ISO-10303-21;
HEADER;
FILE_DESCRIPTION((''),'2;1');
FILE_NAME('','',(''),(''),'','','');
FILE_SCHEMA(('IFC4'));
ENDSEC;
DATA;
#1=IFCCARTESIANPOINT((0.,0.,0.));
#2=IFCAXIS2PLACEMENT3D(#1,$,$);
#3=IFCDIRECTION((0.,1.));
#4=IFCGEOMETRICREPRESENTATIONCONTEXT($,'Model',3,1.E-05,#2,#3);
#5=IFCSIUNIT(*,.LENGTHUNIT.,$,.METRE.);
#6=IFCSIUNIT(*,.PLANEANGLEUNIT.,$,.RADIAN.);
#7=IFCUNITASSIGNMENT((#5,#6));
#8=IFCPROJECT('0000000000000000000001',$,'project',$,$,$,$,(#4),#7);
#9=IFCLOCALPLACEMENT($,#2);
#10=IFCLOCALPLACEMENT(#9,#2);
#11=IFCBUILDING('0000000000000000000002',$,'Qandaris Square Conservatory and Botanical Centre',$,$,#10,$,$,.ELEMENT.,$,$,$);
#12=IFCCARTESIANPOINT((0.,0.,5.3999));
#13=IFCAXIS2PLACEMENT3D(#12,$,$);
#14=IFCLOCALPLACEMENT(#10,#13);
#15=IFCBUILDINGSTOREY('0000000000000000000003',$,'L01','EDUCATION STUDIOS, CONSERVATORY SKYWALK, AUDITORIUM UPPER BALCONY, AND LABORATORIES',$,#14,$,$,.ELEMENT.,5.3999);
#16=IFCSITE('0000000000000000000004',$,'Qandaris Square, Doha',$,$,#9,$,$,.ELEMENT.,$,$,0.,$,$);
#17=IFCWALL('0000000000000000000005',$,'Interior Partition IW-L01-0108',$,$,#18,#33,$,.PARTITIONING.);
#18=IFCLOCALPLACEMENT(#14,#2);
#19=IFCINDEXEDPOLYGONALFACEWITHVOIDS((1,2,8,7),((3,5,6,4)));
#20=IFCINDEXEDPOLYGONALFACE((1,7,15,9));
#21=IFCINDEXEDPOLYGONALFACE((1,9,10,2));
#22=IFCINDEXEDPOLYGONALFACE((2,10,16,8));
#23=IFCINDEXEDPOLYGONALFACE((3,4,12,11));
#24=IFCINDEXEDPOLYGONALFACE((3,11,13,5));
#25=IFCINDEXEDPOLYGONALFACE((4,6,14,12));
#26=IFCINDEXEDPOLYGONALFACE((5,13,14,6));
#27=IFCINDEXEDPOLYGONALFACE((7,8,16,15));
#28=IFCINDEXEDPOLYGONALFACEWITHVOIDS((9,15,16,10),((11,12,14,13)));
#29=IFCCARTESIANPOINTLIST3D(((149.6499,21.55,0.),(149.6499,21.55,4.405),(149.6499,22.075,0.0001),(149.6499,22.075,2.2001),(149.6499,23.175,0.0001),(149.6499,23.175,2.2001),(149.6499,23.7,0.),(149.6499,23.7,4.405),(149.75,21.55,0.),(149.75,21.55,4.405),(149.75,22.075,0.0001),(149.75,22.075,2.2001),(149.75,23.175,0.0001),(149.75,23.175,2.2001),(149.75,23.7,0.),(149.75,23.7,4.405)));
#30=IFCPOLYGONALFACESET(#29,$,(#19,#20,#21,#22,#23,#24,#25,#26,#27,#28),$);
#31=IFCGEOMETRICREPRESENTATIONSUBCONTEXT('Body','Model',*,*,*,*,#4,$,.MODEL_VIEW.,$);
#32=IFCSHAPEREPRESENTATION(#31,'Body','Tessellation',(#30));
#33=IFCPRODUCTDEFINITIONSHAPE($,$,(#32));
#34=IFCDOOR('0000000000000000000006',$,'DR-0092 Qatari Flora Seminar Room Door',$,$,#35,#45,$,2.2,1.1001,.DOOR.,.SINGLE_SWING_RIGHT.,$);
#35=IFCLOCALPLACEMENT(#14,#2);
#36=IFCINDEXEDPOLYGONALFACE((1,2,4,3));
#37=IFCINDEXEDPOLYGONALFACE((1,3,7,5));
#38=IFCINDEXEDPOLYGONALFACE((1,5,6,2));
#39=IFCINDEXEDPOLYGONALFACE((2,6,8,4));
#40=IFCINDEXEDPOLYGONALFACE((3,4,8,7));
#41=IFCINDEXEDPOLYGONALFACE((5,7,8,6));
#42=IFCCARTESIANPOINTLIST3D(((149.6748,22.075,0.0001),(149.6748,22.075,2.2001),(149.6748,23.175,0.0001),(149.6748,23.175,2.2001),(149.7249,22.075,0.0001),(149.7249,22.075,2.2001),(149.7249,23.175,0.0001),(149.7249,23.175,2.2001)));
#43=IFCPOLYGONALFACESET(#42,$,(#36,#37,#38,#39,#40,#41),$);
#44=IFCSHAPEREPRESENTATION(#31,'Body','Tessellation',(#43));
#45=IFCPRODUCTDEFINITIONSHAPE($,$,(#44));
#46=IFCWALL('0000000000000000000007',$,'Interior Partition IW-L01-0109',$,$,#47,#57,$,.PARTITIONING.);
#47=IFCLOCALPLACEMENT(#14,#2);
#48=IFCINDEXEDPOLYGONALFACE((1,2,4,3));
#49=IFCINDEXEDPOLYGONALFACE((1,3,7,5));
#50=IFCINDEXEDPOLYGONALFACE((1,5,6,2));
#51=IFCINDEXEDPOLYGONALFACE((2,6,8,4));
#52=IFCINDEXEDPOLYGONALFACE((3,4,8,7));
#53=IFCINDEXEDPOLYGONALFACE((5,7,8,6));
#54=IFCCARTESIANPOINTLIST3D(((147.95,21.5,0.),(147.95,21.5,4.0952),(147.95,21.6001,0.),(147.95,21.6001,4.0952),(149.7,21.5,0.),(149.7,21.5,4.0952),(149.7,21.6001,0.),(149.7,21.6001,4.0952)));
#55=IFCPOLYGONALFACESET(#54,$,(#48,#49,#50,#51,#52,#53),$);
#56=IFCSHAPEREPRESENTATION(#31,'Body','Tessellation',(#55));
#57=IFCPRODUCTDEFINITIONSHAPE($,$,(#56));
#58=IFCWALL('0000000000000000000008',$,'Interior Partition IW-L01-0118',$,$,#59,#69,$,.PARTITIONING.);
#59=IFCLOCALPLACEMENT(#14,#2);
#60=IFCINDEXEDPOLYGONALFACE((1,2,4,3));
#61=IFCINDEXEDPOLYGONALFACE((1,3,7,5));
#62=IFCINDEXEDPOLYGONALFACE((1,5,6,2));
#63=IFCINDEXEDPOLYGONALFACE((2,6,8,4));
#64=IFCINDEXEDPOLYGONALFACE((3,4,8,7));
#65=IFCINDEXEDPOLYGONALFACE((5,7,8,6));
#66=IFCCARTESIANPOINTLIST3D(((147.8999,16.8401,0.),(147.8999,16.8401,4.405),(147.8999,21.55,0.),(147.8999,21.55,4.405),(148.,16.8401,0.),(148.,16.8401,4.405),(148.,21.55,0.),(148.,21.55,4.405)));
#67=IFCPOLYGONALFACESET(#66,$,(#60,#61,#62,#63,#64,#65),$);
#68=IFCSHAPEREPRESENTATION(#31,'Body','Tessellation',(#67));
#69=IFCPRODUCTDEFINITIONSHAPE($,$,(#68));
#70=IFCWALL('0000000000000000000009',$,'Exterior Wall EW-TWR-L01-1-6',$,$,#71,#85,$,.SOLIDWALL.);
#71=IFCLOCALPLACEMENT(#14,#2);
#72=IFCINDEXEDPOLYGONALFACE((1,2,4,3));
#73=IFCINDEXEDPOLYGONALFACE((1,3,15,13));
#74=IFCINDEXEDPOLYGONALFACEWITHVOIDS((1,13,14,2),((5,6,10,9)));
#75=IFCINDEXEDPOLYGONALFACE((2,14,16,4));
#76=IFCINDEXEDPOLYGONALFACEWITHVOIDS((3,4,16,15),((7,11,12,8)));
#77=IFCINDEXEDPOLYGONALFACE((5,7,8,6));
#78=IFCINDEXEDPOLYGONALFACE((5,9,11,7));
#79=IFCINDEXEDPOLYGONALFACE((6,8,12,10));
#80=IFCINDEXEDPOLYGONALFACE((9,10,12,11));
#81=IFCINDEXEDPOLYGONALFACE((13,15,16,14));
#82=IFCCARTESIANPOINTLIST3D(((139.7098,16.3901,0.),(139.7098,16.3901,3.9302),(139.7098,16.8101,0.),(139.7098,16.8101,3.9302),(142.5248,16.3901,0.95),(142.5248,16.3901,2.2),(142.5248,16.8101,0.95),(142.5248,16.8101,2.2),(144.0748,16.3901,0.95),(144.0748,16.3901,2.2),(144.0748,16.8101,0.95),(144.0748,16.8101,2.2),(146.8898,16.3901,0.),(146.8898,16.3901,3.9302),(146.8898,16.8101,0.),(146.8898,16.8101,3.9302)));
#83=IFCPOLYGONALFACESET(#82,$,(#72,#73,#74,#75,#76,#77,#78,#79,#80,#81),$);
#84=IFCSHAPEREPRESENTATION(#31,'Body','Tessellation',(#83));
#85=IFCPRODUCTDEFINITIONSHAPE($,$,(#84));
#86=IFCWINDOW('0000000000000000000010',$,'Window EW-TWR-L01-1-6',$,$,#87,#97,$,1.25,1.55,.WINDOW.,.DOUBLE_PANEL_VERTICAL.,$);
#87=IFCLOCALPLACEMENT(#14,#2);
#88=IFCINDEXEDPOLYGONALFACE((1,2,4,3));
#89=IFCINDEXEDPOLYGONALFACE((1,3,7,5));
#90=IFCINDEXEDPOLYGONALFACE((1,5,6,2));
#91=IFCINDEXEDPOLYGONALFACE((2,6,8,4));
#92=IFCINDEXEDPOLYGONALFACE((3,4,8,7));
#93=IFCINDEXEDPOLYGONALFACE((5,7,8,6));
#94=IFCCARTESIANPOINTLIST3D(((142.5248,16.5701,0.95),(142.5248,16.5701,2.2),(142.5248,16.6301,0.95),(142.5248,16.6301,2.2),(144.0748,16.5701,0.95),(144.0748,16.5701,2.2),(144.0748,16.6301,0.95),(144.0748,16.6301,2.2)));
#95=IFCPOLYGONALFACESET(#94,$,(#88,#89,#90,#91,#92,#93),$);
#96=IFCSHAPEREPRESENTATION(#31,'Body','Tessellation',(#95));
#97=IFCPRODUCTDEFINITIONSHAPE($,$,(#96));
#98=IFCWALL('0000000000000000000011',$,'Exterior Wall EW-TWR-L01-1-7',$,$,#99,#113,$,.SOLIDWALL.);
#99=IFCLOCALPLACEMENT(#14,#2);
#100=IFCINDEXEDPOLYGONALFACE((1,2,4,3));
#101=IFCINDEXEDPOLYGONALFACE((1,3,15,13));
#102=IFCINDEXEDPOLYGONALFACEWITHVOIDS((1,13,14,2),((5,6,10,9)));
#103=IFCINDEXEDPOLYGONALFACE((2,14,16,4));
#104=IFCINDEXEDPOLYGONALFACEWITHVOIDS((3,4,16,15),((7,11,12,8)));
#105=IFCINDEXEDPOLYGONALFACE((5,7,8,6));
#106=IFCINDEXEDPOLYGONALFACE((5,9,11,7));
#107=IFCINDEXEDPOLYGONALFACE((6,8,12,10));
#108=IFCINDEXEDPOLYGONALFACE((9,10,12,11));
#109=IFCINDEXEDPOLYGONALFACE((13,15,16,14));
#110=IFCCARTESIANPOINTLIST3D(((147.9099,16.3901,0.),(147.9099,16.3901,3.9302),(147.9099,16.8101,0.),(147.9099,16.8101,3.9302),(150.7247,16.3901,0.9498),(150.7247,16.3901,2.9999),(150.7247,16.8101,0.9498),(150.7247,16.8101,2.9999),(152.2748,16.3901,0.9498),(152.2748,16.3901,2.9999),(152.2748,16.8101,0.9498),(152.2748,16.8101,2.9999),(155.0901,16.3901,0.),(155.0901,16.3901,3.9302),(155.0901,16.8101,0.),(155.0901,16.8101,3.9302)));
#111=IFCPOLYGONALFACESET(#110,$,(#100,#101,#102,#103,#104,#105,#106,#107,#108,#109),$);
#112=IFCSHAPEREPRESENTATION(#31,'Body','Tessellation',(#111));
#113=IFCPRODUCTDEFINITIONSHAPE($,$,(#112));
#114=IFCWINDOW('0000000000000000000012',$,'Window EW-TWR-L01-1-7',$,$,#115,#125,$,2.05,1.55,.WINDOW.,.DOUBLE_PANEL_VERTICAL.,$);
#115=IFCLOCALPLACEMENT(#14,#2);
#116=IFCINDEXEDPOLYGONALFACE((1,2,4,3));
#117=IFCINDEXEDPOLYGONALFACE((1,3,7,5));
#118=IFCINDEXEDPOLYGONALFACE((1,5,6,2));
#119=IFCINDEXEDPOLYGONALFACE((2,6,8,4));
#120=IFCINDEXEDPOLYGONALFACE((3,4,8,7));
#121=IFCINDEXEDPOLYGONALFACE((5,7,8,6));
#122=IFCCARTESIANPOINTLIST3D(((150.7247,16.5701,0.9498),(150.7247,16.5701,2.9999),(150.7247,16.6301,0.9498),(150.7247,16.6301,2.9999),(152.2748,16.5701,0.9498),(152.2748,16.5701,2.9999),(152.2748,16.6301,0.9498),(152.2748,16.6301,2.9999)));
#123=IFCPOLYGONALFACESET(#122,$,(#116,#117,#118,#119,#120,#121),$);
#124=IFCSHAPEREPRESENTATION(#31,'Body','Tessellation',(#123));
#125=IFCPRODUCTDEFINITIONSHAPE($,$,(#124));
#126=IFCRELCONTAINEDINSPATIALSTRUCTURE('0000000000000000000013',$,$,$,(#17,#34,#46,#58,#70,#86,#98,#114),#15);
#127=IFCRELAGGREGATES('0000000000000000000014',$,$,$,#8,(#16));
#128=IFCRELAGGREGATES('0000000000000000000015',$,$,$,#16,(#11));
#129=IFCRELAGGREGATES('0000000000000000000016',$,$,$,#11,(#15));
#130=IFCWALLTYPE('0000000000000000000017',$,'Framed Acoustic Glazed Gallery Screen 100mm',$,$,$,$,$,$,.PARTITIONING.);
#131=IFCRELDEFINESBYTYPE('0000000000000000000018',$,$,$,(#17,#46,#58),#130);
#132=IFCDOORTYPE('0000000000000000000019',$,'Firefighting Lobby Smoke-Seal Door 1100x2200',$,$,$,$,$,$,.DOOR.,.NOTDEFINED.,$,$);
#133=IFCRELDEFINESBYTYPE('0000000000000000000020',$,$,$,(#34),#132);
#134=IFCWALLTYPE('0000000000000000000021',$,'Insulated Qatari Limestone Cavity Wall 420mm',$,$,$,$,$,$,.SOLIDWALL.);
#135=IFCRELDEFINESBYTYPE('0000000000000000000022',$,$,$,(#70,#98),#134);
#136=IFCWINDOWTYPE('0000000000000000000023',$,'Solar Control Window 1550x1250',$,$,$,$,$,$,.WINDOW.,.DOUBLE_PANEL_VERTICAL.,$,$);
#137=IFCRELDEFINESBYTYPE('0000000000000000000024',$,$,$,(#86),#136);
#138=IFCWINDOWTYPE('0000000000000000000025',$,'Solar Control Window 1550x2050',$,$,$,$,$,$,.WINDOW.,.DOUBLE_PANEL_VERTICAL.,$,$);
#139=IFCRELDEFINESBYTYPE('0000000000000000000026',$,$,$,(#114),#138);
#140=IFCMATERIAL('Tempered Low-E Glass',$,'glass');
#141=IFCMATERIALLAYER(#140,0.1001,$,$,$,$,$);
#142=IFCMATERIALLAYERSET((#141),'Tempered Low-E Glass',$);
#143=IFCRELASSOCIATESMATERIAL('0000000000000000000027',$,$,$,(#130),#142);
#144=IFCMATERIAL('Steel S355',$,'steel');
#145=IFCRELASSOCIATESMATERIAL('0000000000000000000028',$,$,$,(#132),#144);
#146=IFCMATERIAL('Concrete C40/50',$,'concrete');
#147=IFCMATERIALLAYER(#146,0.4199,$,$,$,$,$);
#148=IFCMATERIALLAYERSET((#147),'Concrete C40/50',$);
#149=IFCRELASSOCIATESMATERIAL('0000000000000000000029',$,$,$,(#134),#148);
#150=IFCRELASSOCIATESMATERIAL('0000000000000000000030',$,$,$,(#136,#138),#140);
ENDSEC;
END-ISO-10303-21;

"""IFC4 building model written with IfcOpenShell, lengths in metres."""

from ifc_helpers import new_model, si_unit, direction, frame, frame_2d, origin, place, context, subcontext, project, spatial, rectangle, extrude, material, layer, layer_set, type_object, element, fill, save


model = new_model("IFC4")

# Units and contexts
model_context = context("Model", 3, precision=1e-05, world=origin(), true_north=direction((0.0, 1.0)))
body_context = subcontext(model_context, "Body", "Model", "MODEL_VIEW")
ifc_project = project(units=[si_unit("LENGTHUNIT", "METRE"), si_unit("PLANEANGLEUNIT", "RADIAN")], contexts=[model_context])

# Site, building, storey
site_placement = place(None, origin())
site = spatial("IfcSite", under=ifc_project, at=site_placement, Name="Qandaris Square, Doha", CompositionType="ELEMENT", RefElevation=0.0)
building_placement = place(site_placement, origin())
building = spatial("IfcBuilding", under=site, at=building_placement, Name="Qandaris Square Conservatory and Botanical Centre", CompositionType="ELEMENT")
storey_placement = place(building_placement, frame((0.0, 0.0, 5.3999)))
storey = spatial("IfcBuildingStorey", under=building, at=storey_placement, Name="L01", Description="EDUCATION STUDIOS, CONSERVATORY SKYWALK, AUDITORIUM UPPER BALCONY, AND LABORATORIES", CompositionType="ELEMENT", Elevation=5.3999)

# Shared definitions
ifc_material_1 = material(Name="Steel S355", Category="steel")

# Wall, opening, door
ifc_material_2 = material(Name="Tempered Low-E Glass", Category="glass")
ifc_layer_1 = layer(ifc_material_2, 0.1001)
ifc_layer_set_1 = layer_set([ifc_layer_1], Name="Tempered Low-E Glass")
wall_type_1 = type_object("IfcWallType", Name="Framed Acoustic Glazed Gallery Screen 100mm", PredefinedType="PARTITIONING", material=ifc_layer_set_1)
wall_1_placement = place(storey_placement, frame((149.7, 23.7, 0.0), z_axis=(0.0, 0.0, 1.0), x_axis=(0.0, -1.0, 0.0)))
wall_1 = element("IfcWall", 1, at=wall_1_placement, inside=storey, type_object=wall_type_1, Name="Interior Partition IW-L01-0108", PredefinedType="PARTITIONING", context=body_context, shape_type="SweptSolid", body=[
    extrude(rectangle(XDim=2.1499, YDim=0.1001, at=frame_2d((1.075, 0.0))), origin(), (0.0, 0.0, 1.0), 4.405),
])
opening_1_placement = place(wall_1_placement, frame((0.5249, 0.0, 0.0)))
opening_1 = element("IfcOpeningElement", 2, at=opening_1_placement, cuts=wall_1, PredefinedType="OPENING", context=body_context, shape_type="SweptSolid", body=[
    extrude(rectangle(XDim=1.1001, YDim=2.2, at=frame_2d((0.55, 1.1001))), frame((0.0, 0.062, 0.0), z_axis=(0.0, -1.0, 0.0), x_axis=(1.0, 0.0, 0.0)), (0.0, 0.0, 1.0), 0.124),
])
door_type_1 = type_object("IfcDoorType", Name="Firefighting Lobby Smoke-Seal Door 1100x2200", OperationType="NOTDEFINED", PredefinedType="DOOR", material=ifc_material_1)
door_1_placement = place(opening_1_placement, origin())
door_1 = element("IfcDoor", 3, at=door_1_placement, inside=storey, type_object=door_type_1, Name="DR-0092 Qatari Flora Seminar Room Door", OperationType="SINGLE_SWING_RIGHT", OverallHeight=2.2, OverallWidth=1.1001, PredefinedType="DOOR", context=body_context, shape_type="SweptSolid", body=[
    extrude(rectangle(XDim=1.1001, YDim=2.2, at=frame_2d((0.55, 1.1001))), frame((0.0, 0.0249, 0.0), z_axis=(0.0, -1.0, 0.0), x_axis=(1.0, 0.0, 0.0)), (0.0, 0.0, 1.0), 0.05),
])
fill(opening_1, door_1)

# Walls
wall_2_placement = place(storey_placement, frame((149.7, 21.55, 0.0), z_axis=(0.0, 0.0, 1.0), x_axis=(-1.0, 0.0, 0.0)))
element("IfcWall", 4, at=wall_2_placement, inside=storey, type_object=wall_type_1, Name="Interior Partition IW-L01-0109", PredefinedType="PARTITIONING", context=body_context, shape_type="SweptSolid", body=[
    extrude(rectangle(XDim=1.75, YDim=0.1001, at=frame_2d((0.875, 0.0))), origin(), (0.0, 0.0, 1.0), 4.0952),
])
wall_3_placement = place(storey_placement, frame((147.95, 21.55, 0.0), z_axis=(0.0, 0.0, 1.0), x_axis=(0.0, -1.0, 0.0)))
element("IfcWall", 5, at=wall_3_placement, inside=storey, type_object=wall_type_1, Name="Interior Partition IW-L01-0118", PredefinedType="PARTITIONING", context=body_context, shape_type="SweptSolid", body=[
    extrude(rectangle(XDim=4.71, YDim=0.1001, at=frame_2d((2.355, 0.0))), origin(), (0.0, 0.0, 1.0), 4.405),
])

# Walls, openings, windows
ifc_material_3 = material(Name="Concrete C40/50", Category="concrete")
ifc_layer_2 = layer(ifc_material_3, 0.4199)
ifc_layer_set_2 = layer_set([ifc_layer_2], Name="Concrete C40/50")
wall_type_2 = type_object("IfcWallType", Name="Insulated Qatari Limestone Cavity Wall 420mm", PredefinedType="SOLIDWALL", material=ifc_layer_set_2)
wall_4_placement = place(storey_placement, frame((139.71, 16.6001, 0.0), z_axis=(0.0, 0.0, 1.0), x_axis=(1.0, 0.0, 0.0)))
wall_4 = element("IfcWall", 6, at=wall_4_placement, inside=storey, type_object=wall_type_2, Name="Exterior Wall EW-TWR-L01-1-6", PredefinedType="SOLIDWALL", context=body_context, shape_type="SweptSolid", body=[
    extrude(rectangle(XDim=7.1799, YDim=0.4199, at=frame_2d((3.5898, 0.0))), origin(), (0.0, 0.0, 1.0), 3.9302),
])
opening_2_placement = place(wall_4_placement, frame((2.8149, 0.0, 0.95)))
opening_2 = element("IfcOpeningElement", 7, at=opening_2_placement, cuts=wall_4, PredefinedType="OPENING", context=body_context, shape_type="SweptSolid", body=[
    extrude(rectangle(XDim=1.55, YDim=1.25, at=frame_2d((0.7749, 0.625))), frame((0.0, 0.2219, 0.0), z_axis=(0.0, -1.0, 0.0), x_axis=(1.0, 0.0, 0.0)), (0.0, 0.0, 1.0), 0.4438),
])
window_type_1 = type_object("IfcWindowType", Name="Solar Control Window 1550x1250", PartitioningType="DOUBLE_PANEL_VERTICAL", PredefinedType="WINDOW", material=ifc_material_2)
window_1_placement = place(opening_2_placement, origin())
window_1 = element("IfcWindow", 8, at=window_1_placement, inside=storey, type_object=window_type_1, Name="Window EW-TWR-L01-1-6", OverallHeight=1.25, OverallWidth=1.55, PartitioningType="DOUBLE_PANEL_VERTICAL", PredefinedType="WINDOW", context=body_context, shape_type="SweptSolid", body=[
    extrude(rectangle(XDim=1.55, YDim=1.25, at=frame_2d((0.7749, 0.625))), frame((0.0, 0.03, 0.0), z_axis=(0.0, -1.0, 0.0), x_axis=(1.0, 0.0, 0.0)), (0.0, 0.0, 1.0), 0.0601),
])
fill(opening_2, window_1)
wall_5_placement = place(storey_placement, frame((147.9099, 16.6001, 0.0), z_axis=(0.0, 0.0, 1.0), x_axis=(1.0, 0.0, 0.0)))
wall_5 = element("IfcWall", 9, at=wall_5_placement, inside=storey, type_object=wall_type_2, Name="Exterior Wall EW-TWR-L01-1-7", PredefinedType="SOLIDWALL", context=body_context, shape_type="SweptSolid", body=[
    extrude(rectangle(XDim=7.1802, YDim=0.4199, at=frame_2d((3.5901, 0.0))), origin(), (0.0, 0.0, 1.0), 3.9302),
])
opening_3_placement = place(wall_5_placement, frame((2.8149, 0.0, 0.95)))
opening_3 = element("IfcOpeningElement", 10, at=opening_3_placement, cuts=wall_5, PredefinedType="OPENING", context=body_context, shape_type="SweptSolid", body=[
    extrude(rectangle(XDim=1.55, YDim=2.05, at=frame_2d((0.7749, 1.0249))), frame((0.0, 0.2219, 0.0), z_axis=(0.0, -1.0, 0.0), x_axis=(1.0, 0.0, 0.0)), (0.0, 0.0, 1.0), 0.4438),
])
window_type_2 = type_object("IfcWindowType", Name="Solar Control Window 1550x2050", PartitioningType="DOUBLE_PANEL_VERTICAL", PredefinedType="WINDOW", material=ifc_material_2)
window_2_placement = place(opening_3_placement, origin())
window_2 = element("IfcWindow", 11, at=window_2_placement, inside=storey, type_object=window_type_2, Name="Window EW-TWR-L01-1-7", OverallHeight=2.05, OverallWidth=1.55, PartitioningType="DOUBLE_PANEL_VERTICAL", PredefinedType="WINDOW", context=body_context, shape_type="SweptSolid", body=[
    extrude(rectangle(XDim=1.55, YDim=2.05, at=frame_2d((0.7749, 1.0249))), frame((0.0, 0.03, 0.0), z_axis=(0.0, -1.0, 0.0), x_axis=(1.0, 0.0, 0.0)), (0.0, 0.0, 1.0), 0.0601),
])
fill(opening_3, window_2)

save(model, "model.ifc")
